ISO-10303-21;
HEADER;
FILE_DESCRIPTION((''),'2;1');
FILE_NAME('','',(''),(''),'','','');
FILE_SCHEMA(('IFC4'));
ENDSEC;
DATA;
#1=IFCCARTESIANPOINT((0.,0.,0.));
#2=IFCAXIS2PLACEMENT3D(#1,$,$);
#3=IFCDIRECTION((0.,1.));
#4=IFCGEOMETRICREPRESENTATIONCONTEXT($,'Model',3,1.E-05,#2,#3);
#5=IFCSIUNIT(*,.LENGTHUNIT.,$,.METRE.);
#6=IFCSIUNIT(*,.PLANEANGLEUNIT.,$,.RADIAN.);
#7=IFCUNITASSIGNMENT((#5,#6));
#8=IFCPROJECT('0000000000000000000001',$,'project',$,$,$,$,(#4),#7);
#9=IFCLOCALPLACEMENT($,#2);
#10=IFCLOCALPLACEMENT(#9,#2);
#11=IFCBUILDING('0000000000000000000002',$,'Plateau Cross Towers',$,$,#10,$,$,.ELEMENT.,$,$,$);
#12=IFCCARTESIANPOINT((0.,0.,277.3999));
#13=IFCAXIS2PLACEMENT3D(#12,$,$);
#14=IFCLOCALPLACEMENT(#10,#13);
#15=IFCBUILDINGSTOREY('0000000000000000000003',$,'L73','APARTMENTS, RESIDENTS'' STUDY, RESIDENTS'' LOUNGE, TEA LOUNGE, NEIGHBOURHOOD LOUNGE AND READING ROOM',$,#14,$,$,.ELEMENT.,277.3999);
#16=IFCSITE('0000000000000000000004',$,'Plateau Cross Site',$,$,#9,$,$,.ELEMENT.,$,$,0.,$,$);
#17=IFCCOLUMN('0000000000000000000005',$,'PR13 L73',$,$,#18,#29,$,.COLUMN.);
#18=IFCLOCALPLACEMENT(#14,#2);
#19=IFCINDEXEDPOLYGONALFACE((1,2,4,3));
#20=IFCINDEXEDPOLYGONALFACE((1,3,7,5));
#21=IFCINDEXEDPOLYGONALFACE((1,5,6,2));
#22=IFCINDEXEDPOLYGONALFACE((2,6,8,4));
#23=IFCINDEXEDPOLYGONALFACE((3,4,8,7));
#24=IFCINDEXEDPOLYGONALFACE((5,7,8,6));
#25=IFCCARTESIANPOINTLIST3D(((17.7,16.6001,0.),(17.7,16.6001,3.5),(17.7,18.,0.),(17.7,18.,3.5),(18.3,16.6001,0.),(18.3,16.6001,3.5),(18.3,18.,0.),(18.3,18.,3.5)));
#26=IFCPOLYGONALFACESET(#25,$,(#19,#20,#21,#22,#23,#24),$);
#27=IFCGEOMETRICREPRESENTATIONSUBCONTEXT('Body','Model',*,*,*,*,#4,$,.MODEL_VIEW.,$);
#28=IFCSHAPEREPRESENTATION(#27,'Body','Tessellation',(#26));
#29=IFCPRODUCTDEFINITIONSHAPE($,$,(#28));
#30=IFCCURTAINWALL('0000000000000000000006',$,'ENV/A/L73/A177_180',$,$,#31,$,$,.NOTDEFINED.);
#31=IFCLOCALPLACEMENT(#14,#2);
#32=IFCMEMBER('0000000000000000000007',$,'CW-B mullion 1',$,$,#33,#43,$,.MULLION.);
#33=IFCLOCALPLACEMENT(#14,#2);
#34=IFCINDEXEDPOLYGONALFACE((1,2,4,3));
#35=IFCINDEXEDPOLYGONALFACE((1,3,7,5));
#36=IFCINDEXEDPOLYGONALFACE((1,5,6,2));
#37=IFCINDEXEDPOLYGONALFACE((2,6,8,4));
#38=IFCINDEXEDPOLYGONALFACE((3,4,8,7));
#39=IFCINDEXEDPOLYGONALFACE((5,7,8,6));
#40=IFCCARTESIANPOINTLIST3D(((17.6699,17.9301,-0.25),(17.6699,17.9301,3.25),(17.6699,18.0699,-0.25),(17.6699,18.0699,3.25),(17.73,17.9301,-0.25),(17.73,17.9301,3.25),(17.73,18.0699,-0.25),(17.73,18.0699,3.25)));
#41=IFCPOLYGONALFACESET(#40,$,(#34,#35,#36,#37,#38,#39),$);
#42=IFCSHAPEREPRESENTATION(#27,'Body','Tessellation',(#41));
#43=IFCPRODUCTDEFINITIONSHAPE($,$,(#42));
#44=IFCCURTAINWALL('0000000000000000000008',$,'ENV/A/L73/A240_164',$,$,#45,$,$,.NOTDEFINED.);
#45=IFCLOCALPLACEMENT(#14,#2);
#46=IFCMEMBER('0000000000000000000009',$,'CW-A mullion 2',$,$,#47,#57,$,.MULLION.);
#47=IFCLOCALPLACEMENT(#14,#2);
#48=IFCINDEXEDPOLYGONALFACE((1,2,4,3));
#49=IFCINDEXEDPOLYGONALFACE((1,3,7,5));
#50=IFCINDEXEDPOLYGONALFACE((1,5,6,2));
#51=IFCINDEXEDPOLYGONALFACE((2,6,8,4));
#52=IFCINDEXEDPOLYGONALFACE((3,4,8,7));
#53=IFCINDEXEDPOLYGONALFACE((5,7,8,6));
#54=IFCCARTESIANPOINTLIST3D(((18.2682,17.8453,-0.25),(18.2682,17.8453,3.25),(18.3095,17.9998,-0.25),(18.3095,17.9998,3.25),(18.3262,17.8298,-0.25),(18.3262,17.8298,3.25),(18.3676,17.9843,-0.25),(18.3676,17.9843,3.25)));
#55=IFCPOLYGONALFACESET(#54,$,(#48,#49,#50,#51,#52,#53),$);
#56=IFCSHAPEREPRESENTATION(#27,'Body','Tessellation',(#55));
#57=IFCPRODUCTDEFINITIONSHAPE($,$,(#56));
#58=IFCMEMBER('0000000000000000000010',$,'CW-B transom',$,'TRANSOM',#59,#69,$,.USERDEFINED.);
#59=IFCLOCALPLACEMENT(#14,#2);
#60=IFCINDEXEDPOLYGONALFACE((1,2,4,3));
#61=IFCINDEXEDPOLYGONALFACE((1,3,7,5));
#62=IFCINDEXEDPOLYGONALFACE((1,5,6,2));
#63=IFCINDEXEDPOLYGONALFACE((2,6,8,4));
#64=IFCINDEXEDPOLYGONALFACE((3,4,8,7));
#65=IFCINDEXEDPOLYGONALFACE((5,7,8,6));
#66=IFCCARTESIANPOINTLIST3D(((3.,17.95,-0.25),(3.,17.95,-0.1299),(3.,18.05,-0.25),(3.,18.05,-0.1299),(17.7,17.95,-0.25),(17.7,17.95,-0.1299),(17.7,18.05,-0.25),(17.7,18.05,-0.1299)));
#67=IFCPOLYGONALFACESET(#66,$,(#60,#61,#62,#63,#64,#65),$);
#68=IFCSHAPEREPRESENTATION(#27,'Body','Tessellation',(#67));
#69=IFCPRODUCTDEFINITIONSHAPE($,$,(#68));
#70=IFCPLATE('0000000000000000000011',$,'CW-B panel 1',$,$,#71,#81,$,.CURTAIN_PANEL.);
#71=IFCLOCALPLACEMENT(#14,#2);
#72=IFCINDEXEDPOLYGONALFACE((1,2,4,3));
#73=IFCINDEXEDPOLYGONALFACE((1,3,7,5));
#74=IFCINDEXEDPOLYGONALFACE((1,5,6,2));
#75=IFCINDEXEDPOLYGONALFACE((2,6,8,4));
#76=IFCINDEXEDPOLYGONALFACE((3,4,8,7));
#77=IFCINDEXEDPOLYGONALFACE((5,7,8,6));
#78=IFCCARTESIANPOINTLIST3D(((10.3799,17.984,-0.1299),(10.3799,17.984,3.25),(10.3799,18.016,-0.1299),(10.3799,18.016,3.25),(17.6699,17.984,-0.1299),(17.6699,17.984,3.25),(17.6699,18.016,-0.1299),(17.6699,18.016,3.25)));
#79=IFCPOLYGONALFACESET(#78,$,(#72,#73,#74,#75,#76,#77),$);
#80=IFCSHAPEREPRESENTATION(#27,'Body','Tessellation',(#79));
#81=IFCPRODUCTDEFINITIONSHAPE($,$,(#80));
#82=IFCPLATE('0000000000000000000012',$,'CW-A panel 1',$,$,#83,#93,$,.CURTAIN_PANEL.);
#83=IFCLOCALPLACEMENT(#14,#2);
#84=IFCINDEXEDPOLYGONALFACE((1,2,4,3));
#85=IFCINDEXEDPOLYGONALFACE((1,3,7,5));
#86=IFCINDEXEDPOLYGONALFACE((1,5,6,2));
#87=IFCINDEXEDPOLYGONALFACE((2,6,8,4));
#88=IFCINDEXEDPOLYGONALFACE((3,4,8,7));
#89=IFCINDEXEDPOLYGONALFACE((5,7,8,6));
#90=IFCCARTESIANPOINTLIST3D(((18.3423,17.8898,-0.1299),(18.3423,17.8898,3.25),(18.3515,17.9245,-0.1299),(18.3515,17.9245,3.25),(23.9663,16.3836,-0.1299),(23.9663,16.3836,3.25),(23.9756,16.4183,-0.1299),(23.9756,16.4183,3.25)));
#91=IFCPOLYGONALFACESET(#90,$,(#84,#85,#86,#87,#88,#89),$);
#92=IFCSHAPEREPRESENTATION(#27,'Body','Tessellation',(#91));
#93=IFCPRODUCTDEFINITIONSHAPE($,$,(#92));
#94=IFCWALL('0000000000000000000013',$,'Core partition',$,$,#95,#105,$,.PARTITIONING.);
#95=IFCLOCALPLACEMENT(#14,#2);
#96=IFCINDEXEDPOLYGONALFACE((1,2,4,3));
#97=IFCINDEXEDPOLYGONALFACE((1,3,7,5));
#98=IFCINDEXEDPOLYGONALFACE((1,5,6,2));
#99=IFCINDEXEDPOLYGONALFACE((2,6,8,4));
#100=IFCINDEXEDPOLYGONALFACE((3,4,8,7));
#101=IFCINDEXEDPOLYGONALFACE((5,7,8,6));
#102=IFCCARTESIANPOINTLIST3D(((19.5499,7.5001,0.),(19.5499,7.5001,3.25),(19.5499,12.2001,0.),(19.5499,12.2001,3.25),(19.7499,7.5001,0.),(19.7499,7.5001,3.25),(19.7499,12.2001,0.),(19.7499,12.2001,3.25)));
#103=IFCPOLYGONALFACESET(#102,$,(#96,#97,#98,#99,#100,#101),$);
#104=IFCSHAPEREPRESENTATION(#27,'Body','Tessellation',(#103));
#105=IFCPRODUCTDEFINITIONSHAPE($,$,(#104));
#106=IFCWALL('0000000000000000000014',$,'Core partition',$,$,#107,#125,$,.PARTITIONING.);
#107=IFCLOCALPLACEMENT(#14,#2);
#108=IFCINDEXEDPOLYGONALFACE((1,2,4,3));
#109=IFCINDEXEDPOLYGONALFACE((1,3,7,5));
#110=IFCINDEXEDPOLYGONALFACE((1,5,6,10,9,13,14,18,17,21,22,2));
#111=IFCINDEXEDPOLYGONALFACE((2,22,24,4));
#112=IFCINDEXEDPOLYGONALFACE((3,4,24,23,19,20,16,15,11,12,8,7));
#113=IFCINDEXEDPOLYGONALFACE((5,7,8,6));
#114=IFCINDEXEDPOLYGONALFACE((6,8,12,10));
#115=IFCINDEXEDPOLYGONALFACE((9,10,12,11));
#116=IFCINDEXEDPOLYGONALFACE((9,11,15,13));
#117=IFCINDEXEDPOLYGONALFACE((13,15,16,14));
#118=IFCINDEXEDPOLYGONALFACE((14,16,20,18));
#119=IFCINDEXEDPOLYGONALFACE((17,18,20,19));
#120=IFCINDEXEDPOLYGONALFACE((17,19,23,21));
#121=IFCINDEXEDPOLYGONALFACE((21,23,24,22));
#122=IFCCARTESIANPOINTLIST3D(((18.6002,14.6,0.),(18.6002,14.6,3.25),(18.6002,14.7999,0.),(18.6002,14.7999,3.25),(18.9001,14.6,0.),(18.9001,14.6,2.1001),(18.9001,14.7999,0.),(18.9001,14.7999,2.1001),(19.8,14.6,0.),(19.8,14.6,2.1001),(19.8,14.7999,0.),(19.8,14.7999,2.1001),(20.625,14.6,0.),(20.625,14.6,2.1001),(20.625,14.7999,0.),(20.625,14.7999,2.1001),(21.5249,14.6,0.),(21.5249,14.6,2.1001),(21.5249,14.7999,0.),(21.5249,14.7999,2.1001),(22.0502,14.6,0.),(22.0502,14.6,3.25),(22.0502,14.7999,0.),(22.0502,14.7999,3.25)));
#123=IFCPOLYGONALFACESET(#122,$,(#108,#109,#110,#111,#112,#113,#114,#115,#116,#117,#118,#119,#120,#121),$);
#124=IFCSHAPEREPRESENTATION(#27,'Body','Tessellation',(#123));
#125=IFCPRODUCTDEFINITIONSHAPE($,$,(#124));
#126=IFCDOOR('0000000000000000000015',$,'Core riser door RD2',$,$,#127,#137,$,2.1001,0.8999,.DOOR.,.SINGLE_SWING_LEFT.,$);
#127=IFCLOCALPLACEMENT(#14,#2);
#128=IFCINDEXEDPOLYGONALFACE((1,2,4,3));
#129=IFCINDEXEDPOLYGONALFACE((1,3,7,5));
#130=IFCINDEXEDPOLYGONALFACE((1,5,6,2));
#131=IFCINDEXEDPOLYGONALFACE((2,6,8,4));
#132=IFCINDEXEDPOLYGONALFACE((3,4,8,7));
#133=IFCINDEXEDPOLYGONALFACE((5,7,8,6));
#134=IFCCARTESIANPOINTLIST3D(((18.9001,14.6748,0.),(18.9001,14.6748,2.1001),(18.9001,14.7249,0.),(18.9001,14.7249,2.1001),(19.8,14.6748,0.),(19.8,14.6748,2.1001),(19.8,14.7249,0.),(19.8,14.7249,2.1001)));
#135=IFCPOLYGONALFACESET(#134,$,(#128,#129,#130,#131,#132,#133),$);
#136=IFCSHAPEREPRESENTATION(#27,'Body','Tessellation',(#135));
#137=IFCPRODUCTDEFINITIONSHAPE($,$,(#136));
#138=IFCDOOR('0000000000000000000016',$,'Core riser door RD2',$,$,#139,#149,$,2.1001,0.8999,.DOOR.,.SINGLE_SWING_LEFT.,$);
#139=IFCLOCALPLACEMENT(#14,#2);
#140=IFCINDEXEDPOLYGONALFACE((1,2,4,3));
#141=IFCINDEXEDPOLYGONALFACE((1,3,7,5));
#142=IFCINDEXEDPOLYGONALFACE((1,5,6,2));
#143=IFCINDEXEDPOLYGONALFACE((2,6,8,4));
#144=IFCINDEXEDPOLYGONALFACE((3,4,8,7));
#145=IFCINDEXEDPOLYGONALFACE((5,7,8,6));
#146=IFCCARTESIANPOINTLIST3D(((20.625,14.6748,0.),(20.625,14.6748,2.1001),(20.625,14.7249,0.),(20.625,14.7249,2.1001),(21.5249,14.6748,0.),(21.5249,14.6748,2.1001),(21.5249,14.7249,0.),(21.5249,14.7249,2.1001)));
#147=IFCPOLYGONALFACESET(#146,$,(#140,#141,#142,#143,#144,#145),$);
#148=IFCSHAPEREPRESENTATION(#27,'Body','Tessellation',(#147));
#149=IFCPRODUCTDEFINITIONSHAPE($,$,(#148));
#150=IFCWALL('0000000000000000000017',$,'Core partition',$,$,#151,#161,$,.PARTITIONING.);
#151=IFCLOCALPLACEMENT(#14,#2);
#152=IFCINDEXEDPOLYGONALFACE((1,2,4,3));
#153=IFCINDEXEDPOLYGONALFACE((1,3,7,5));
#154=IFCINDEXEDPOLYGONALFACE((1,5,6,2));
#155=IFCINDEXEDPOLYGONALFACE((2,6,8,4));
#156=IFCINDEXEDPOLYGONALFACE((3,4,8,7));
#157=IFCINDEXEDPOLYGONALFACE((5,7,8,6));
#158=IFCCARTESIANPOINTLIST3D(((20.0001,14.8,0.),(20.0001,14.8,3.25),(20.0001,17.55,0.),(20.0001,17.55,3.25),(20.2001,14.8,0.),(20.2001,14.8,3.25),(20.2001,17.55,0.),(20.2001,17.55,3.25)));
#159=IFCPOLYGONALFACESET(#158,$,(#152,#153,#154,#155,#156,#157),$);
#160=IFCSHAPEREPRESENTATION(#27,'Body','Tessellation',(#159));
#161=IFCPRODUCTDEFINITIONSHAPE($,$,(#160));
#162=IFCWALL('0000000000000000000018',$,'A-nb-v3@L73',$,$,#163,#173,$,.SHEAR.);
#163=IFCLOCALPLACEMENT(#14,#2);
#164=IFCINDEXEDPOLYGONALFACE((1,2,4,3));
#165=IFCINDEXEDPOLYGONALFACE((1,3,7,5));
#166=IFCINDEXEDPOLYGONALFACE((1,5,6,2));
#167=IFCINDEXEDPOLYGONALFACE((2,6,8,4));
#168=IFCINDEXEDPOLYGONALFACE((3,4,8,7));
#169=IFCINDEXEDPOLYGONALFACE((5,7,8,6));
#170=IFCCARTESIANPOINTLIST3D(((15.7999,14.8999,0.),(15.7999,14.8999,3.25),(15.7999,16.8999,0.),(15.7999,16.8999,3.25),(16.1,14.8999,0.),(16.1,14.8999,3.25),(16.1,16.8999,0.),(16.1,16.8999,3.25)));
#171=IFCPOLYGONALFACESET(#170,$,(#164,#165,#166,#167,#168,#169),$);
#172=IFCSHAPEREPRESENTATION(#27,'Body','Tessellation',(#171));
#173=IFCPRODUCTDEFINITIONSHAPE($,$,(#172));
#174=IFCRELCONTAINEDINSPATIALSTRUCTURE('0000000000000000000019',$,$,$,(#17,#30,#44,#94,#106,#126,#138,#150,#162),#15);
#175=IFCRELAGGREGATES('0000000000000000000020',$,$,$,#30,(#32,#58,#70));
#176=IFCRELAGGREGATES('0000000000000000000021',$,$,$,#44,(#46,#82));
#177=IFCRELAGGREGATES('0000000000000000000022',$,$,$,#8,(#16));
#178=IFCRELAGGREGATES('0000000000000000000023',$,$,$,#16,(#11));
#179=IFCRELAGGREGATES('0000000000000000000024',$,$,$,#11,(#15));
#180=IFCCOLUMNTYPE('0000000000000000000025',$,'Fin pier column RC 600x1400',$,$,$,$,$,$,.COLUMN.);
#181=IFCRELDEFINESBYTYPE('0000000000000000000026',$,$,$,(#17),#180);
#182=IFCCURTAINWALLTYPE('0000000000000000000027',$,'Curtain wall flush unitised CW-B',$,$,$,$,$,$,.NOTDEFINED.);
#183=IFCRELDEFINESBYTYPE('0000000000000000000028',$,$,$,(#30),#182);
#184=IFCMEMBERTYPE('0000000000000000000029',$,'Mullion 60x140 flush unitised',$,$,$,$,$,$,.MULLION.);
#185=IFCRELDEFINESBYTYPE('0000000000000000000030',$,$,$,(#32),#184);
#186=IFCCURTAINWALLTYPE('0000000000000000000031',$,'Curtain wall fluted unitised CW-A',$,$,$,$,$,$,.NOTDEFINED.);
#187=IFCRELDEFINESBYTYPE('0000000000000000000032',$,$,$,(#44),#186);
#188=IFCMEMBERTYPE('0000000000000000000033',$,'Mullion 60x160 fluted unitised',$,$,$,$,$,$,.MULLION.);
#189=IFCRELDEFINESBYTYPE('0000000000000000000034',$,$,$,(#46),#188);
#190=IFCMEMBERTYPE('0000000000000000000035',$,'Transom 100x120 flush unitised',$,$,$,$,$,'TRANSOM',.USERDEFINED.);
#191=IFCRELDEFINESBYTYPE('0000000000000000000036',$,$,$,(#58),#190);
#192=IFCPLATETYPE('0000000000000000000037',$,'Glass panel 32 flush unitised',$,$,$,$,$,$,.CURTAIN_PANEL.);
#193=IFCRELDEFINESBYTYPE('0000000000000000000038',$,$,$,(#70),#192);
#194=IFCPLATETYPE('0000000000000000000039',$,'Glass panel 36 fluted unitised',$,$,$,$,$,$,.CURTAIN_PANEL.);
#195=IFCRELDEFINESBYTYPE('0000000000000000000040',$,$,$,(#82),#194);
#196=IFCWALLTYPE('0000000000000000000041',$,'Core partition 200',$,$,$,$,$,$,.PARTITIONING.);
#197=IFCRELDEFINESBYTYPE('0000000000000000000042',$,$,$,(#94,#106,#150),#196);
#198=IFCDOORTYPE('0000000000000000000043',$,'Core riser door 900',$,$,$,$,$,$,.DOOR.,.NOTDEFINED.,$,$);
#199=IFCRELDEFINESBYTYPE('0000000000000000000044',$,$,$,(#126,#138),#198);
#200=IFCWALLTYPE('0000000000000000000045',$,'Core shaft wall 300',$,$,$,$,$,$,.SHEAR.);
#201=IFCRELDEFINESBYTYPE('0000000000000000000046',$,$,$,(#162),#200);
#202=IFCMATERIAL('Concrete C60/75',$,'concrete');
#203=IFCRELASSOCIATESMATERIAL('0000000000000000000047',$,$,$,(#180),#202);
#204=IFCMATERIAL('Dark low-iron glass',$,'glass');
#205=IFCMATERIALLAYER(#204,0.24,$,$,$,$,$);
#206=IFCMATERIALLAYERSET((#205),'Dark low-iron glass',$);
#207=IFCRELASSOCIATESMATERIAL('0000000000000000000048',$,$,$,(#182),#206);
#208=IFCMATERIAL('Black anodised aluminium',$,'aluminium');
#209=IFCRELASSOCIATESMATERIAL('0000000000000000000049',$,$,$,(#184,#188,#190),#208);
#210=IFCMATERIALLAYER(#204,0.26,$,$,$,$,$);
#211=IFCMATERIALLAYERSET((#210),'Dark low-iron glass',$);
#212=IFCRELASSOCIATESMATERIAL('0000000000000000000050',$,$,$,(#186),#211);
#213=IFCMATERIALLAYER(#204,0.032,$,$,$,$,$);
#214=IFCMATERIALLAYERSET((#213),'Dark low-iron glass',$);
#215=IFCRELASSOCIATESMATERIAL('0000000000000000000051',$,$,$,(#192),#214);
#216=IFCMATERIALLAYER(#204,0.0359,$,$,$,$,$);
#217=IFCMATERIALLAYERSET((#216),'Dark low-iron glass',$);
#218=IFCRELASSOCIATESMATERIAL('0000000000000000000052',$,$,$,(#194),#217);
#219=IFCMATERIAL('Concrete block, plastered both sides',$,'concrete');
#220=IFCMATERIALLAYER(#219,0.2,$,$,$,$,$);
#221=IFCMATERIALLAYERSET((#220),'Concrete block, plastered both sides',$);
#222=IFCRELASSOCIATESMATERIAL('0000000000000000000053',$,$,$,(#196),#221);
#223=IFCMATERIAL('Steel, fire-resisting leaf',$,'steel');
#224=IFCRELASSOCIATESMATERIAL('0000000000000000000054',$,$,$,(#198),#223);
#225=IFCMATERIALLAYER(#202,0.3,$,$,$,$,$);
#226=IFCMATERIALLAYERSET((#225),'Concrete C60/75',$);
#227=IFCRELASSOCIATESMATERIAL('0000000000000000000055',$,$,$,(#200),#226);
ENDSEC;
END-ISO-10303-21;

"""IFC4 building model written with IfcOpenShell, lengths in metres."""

from ifc_helpers import new_model, si_unit, direction, frame, frame_2d, origin, origin_2d, place, context, subcontext, project, spatial, rectangle, extrude, material, layer, layer_set, material_profile, profile_set, type_object, element, fill, aggregate, save


model = new_model("IFC4")

# Units and contexts
model_context = context("Model", 3, precision=1e-05, world=origin(), true_north=direction((0.0, 1.0)))
body_context = subcontext(model_context, "Body", "Model", "MODEL_VIEW")
ifc_project = project(units=[si_unit("LENGTHUNIT", "METRE"), si_unit("PLANEANGLEUNIT", "RADIAN")], contexts=[model_context])

# Site, building, storey
site_placement = place(None, origin())
site = spatial("IfcSite", under=ifc_project, at=site_placement, Name="Plateau Cross Site", CompositionType="ELEMENT", RefElevation=0.0)
building_placement = place(site_placement, origin())
building = spatial("IfcBuilding", under=site, at=building_placement, Name="Plateau Cross Towers", CompositionType="ELEMENT")
storey_placement = place(building_placement, frame((0.0, 0.0, 277.3999)))
storey = spatial("IfcBuildingStorey", under=building, at=storey_placement, Name="L73", Description="APARTMENTS, RESIDENTS' STUDY, RESIDENTS' LOUNGE, TEA LOUNGE, NEIGHBOURHOOD LOUNGE AND READING ROOM", CompositionType="ELEMENT", Elevation=277.3999)

# Column
ifc_material_1 = material(Name="Concrete C60/75", Category="concrete")
ifc_material_profile_1 = material_profile(ifc_material_1, rectangle(XDim=0.6001, YDim=1.3999, at=origin_2d()), Name="RC 600x1400")
ifc_profile_set_1 = profile_set([ifc_material_profile_1], Name="Concrete C60/75")
column_type = type_object("IfcColumnType", Name="Fin pier column RC 600x1400", PredefinedType="COLUMN", material=ifc_profile_set_1)
column_placement = place(storey_placement, frame((18.0, 17.3, 0.0), z_axis=(0.0, 0.0, 1.0), x_axis=(1.0, 0.0, 0.0)))
element("IfcColumn", 1, at=column_placement, inside=storey, type_object=column_type, Name="PR13 L73", PredefinedType="COLUMN", context=body_context, shape_type="SweptSolid", body=[
    extrude(rectangle(XDim=0.6001, YDim=1.3999, at=origin_2d()), origin(), (0.0, 0.0, 1.0), 3.5),
])

# Curtain walls, members
ifc_material_2 = material(Name="Dark low-iron glass", Category="glass")
ifc_layer_1 = layer(ifc_material_2, 0.24)
ifc_layer_set_1 = layer_set([ifc_layer_1], Name="Dark low-iron glass")
curtain_wall_type_1 = type_object("IfcCurtainWallType", Name="Curtain wall flush unitised CW-B", PredefinedType="NOTDEFINED", material=ifc_layer_set_1)
curtain_wall_1_placement = place(storey_placement, origin())
curtain_wall_1 = element("IfcCurtainWall", 2, at=curtain_wall_1_placement, inside=storey, type_object=curtain_wall_type_1, Name="ENV/A/L73/A177_180", PredefinedType="NOTDEFINED")
ifc_material_3 = material(Name="Black anodised aluminium", Category="aluminium")
ifc_material_profile_2 = material_profile(ifc_material_3, rectangle(XDim=0.0601, YDim=0.1399, at=origin_2d()), Name="MULLION 60x140")
ifc_profile_set_2 = profile_set([ifc_material_profile_2], Name="Black anodised aluminium")
member_type_1 = type_object("IfcMemberType", Name="Mullion 60x140 flush unitised", PredefinedType="MULLION", material=ifc_profile_set_2)
member_1_placement = place(storey_placement, frame((17.7, 18.0, -0.25), z_axis=(0.0, 0.0, 1.0), x_axis=(-1.0, 0.0, 0.0)))
member_1 = element("IfcMember", 3, at=member_1_placement, type_object=member_type_1, Name="CW-B mullion 1", PredefinedType="MULLION", context=body_context, shape_type="SweptSolid", body=[
    extrude(rectangle(XDim=0.0601, YDim=0.1399, at=origin_2d()), origin(), (0.0, 0.0, 1.0), 3.5),
])
ifc_layer_2 = layer(ifc_material_2, 0.26)
ifc_layer_set_2 = layer_set([ifc_layer_2], Name="Dark low-iron glass")
curtain_wall_type_2 = type_object("IfcCurtainWallType", Name="Curtain wall fluted unitised CW-A", PredefinedType="NOTDEFINED", material=ifc_layer_set_2)
curtain_wall_2_placement = place(storey_placement, origin())
curtain_wall_2 = element("IfcCurtainWall", 4, at=curtain_wall_2_placement, inside=storey, type_object=curtain_wall_type_2, Name="ENV/A/L73/A240_164", PredefinedType="NOTDEFINED")
ifc_material_profile_3 = material_profile(ifc_material_3, rectangle(XDim=0.0601, YDim=0.1599, at=origin_2d()), Name="MULLION 60x160")
ifc_profile_set_3 = profile_set([ifc_material_profile_3], Name="Black anodised aluminium")
member_type_2 = type_object("IfcMemberType", Name="Mullion 60x160 fluted unitised", PredefinedType="MULLION", material=ifc_profile_set_3)
member_2_placement = place(storey_placement, frame((18.3179, 17.9148, -0.25), z_axis=(0.0, 0.0, 1.0), x_axis=(-0.965958, 0.258699, 0.0)))
member_2 = element("IfcMember", 5, at=member_2_placement, type_object=member_type_2, Name="CW-A mullion 2", PredefinedType="MULLION", context=body_context, shape_type="SweptSolid", body=[
    extrude(rectangle(XDim=0.0601, YDim=0.1599, at=origin_2d()), origin(), (0.0, 0.0, 1.0), 3.5),
])

# Member
ifc_material_profile_4 = material_profile(ifc_material_3, rectangle(XDim=0.1001, YDim=0.1201, at=origin_2d()), Name="TRANSOM 100x120")
ifc_profile_set_4 = profile_set([ifc_material_profile_4], Name="Black anodised aluminium")
member_type_3 = type_object("IfcMemberType", Name="Transom 100x120 flush unitised", ElementType="TRANSOM", PredefinedType="USERDEFINED", material=ifc_profile_set_4)
member_3_placement = place(storey_placement, frame((17.7, 18.0, -0.1899), z_axis=(-1.0, 0.0, 0.0), x_axis=(0.0, -1.0, 0.0)))
member_3 = element("IfcMember", 6, at=member_3_placement, type_object=member_type_3, Name="CW-B transom", ObjectType="TRANSOM", PredefinedType="USERDEFINED", context=body_context, shape_type="SweptSolid", body=[
    extrude(rectangle(XDim=0.1001, YDim=0.1201, at=origin_2d()), origin(), (0.0, 0.0, 1.0), 14.7),
])

# Plates
ifc_layer_3 = layer(ifc_material_2, 0.032)
ifc_layer_set_3 = layer_set([ifc_layer_3], Name="Dark low-iron glass")
plate_type_1 = type_object("IfcPlateType", Name="Glass panel 32 flush unitised", PredefinedType="CURTAIN_PANEL", material=ifc_layer_set_3)
plate_1_placement = place(storey_placement, frame((14.0249, 18.0, -0.1299), z_axis=(0.0, 0.0, 1.0), x_axis=(-1.0, 0.0, 0.0)))
plate_1 = element("IfcPlate", 7, at=plate_1_placement, type_object=plate_type_1, Name="CW-B panel 1", PredefinedType="CURTAIN_PANEL", context=body_context, shape_type="SweptSolid", body=[
    extrude(rectangle(XDim=7.29, YDim=0.032, at=origin_2d()), origin(), (0.0, 0.0, 1.0), 3.3799),
])
aggregate(curtain_wall_1, [member_1, member_3, plate_1])
ifc_layer_4 = layer(ifc_material_2, 0.0359)
ifc_layer_set_4 = layer_set([ifc_layer_4], Name="Dark low-iron glass")
plate_type_2 = type_object("IfcPlateType", Name="Glass panel 36 fluted unitised", PredefinedType="CURTAIN_PANEL", material=ifc_layer_set_4)
plate_2_placement = place(storey_placement, frame((21.1589, 17.1541, -0.1299), z_axis=(0.0, 0.0, 1.0), x_axis=(-0.965958, 0.258699, 0.0)))
plate_2 = element("IfcPlate", 8, at=plate_2_placement, type_object=plate_type_2, Name="CW-A panel 1", PredefinedType="CURTAIN_PANEL", context=body_context, shape_type="SweptSolid", body=[
    extrude(rectangle(XDim=5.8223, YDim=0.0359, at=origin_2d()), origin(), (0.0, 0.0, 1.0), 3.3799),
])
aggregate(curtain_wall_2, [member_2, plate_2])

# Wall
ifc_material_4 = material(Name="Concrete block, plastered both sides", Category="concrete")
ifc_layer_5 = layer(ifc_material_4, 0.2)
ifc_layer_set_5 = layer_set([ifc_layer_5], Name="Concrete block, plastered both sides")
wall_type_1 = type_object("IfcWallType", Name="Core partition 200", PredefinedType="PARTITIONING", material=ifc_layer_set_5)
wall_1_placement = place(storey_placement, frame((19.6499, 7.5, 0.0), z_axis=(0.0, 0.0, 1.0), x_axis=(0.0, 1.0, 0.0)))
element("IfcWall", 9, at=wall_1_placement, inside=storey, type_object=wall_type_1, Name="Core partition", PredefinedType="PARTITIONING", context=body_context, shape_type="SweptSolid", body=[
    extrude(rectangle(XDim=4.7, YDim=0.2, at=frame_2d((2.3501, 0.0))), origin(), (0.0, 0.0, 1.0), 3.25),
])

# Wall, openings, doors
wall_2_placement = place(storey_placement, frame((18.6001, 14.7, 0.0), z_axis=(0.0, 0.0, 1.0), x_axis=(1.0, 0.0, 0.0)))
wall_2 = element("IfcWall", 10, at=wall_2_placement, inside=storey, type_object=wall_type_1, Name="Core partition", PredefinedType="PARTITIONING", context=body_context, shape_type="SweptSolid", body=[
    extrude(rectangle(XDim=3.45, YDim=0.2, at=frame_2d((1.7251, 0.0))), origin(), (0.0, 0.0, 1.0), 3.25),
])
opening_1_placement = place(wall_2_placement, frame((0.3, 0.0, 0.0)))
opening_1 = element("IfcOpeningElement", 11, at=opening_1_placement, cuts=wall_2, PredefinedType="OPENING", context=body_context, shape_type="SweptSolid", body=[
    extrude(rectangle(XDim=0.8999, YDim=2.1001, at=frame_2d((0.45, 1.05))), frame((0.0, 0.1099, 0.0), z_axis=(0.0, -1.0, 0.0), x_axis=(1.0, 0.0, 0.0)), (0.0, 0.0, 1.0), 0.22),
])
opening_2_placement = place(wall_2_placement, frame((2.0249, 0.0, 0.0)))
opening_2 = element("IfcOpeningElement", 12, at=opening_2_placement, cuts=wall_2, PredefinedType="OPENING", context=body_context, shape_type="SweptSolid", body=[
    extrude(rectangle(XDim=0.8999, YDim=2.1001, at=frame_2d((0.45, 1.05))), frame((0.0, 0.1099, 0.0), z_axis=(0.0, -1.0, 0.0), x_axis=(1.0, 0.0, 0.0)), (0.0, 0.0, 1.0), 0.22),
])
ifc_material_5 = material(Name="Steel, fire-resisting leaf", Category="steel")
door_type_1 = type_object("IfcDoorType", Name="Core riser door 900", OperationType="NOTDEFINED", PredefinedType="DOOR", material=ifc_material_5)
door_1_placement = place(opening_1_placement, origin())
door_1 = element("IfcDoor", 13, at=door_1_placement, inside=storey, type_object=door_type_1, Name="Core riser door RD2", OperationType="SINGLE_SWING_LEFT", OverallHeight=2.1001, OverallWidth=0.8999, PredefinedType="DOOR", context=body_context, shape_type="SweptSolid", body=[
    extrude(rectangle(XDim=0.8999, YDim=2.1001, at=frame_2d((0.45, 1.05))), frame((0.0, 0.0249, 0.0), z_axis=(0.0, -1.0, 0.0), x_axis=(1.0, 0.0, 0.0)), (0.0, 0.0, 1.0), 0.05),
])
fill(opening_1, door_1)
door_2_placement = place(opening_2_placement, origin())
door_2 = element("IfcDoor", 14, at=door_2_placement, inside=storey, type_object=door_type_1, Name="Core riser door RD2", OperationType="SINGLE_SWING_LEFT", OverallHeight=2.1001, OverallWidth=0.8999, PredefinedType="DOOR", context=body_context, shape_type="SweptSolid", body=[
    extrude(rectangle(XDim=0.8999, YDim=2.1001, at=frame_2d((0.45, 1.05))), frame((0.0, 0.0249, 0.0), z_axis=(0.0, -1.0, 0.0), x_axis=(1.0, 0.0, 0.0)), (0.0, 0.0, 1.0), 0.05),
])
fill(opening_2, door_2)

# Walls
wall_3_placement = place(storey_placement, frame((20.1001, 14.8, 0.0), z_axis=(0.0, 0.0, 1.0), x_axis=(0.0, 1.0, 0.0)))
element("IfcWall", 15, at=wall_3_placement, inside=storey, type_object=wall_type_1, Name="Core partition", PredefinedType="PARTITIONING", context=body_context, shape_type="SweptSolid", body=[
    extrude(rectangle(XDim=2.75, YDim=0.2, at=frame_2d((1.375, 0.0))), origin(), (0.0, 0.0, 1.0), 3.25),
])
ifc_layer_6 = layer(ifc_material_1, 0.3)
ifc_layer_set_6 = layer_set([ifc_layer_6], Name="Concrete C60/75")
wall_type_2 = type_object("IfcWallType", Name="Core shaft wall 300", PredefinedType="SHEAR", material=ifc_layer_set_6)
for number, where, z_axis, x_axis, name in (
    (16, (15.95, 14.8999, 0.0), (0.0, 0.0, 1.0), (0.0, 1.0, 0.0), "A-nb-v3@L73"),
):
    element("IfcWall", number, at=place(storey_placement, frame(where, z_axis=z_axis, x_axis=x_axis)), inside=storey, type_object=wall_type_2, Name=name, PredefinedType="SHEAR", context=body_context, shape_type="SweptSolid", body=[
        extrude(rectangle(XDim=2.0, YDim=0.3, at=frame_2d((1.0, 0.0))), origin(), (0.0, 0.0, 1.0), 3.25),
    ])

save(model, "model.ifc")
